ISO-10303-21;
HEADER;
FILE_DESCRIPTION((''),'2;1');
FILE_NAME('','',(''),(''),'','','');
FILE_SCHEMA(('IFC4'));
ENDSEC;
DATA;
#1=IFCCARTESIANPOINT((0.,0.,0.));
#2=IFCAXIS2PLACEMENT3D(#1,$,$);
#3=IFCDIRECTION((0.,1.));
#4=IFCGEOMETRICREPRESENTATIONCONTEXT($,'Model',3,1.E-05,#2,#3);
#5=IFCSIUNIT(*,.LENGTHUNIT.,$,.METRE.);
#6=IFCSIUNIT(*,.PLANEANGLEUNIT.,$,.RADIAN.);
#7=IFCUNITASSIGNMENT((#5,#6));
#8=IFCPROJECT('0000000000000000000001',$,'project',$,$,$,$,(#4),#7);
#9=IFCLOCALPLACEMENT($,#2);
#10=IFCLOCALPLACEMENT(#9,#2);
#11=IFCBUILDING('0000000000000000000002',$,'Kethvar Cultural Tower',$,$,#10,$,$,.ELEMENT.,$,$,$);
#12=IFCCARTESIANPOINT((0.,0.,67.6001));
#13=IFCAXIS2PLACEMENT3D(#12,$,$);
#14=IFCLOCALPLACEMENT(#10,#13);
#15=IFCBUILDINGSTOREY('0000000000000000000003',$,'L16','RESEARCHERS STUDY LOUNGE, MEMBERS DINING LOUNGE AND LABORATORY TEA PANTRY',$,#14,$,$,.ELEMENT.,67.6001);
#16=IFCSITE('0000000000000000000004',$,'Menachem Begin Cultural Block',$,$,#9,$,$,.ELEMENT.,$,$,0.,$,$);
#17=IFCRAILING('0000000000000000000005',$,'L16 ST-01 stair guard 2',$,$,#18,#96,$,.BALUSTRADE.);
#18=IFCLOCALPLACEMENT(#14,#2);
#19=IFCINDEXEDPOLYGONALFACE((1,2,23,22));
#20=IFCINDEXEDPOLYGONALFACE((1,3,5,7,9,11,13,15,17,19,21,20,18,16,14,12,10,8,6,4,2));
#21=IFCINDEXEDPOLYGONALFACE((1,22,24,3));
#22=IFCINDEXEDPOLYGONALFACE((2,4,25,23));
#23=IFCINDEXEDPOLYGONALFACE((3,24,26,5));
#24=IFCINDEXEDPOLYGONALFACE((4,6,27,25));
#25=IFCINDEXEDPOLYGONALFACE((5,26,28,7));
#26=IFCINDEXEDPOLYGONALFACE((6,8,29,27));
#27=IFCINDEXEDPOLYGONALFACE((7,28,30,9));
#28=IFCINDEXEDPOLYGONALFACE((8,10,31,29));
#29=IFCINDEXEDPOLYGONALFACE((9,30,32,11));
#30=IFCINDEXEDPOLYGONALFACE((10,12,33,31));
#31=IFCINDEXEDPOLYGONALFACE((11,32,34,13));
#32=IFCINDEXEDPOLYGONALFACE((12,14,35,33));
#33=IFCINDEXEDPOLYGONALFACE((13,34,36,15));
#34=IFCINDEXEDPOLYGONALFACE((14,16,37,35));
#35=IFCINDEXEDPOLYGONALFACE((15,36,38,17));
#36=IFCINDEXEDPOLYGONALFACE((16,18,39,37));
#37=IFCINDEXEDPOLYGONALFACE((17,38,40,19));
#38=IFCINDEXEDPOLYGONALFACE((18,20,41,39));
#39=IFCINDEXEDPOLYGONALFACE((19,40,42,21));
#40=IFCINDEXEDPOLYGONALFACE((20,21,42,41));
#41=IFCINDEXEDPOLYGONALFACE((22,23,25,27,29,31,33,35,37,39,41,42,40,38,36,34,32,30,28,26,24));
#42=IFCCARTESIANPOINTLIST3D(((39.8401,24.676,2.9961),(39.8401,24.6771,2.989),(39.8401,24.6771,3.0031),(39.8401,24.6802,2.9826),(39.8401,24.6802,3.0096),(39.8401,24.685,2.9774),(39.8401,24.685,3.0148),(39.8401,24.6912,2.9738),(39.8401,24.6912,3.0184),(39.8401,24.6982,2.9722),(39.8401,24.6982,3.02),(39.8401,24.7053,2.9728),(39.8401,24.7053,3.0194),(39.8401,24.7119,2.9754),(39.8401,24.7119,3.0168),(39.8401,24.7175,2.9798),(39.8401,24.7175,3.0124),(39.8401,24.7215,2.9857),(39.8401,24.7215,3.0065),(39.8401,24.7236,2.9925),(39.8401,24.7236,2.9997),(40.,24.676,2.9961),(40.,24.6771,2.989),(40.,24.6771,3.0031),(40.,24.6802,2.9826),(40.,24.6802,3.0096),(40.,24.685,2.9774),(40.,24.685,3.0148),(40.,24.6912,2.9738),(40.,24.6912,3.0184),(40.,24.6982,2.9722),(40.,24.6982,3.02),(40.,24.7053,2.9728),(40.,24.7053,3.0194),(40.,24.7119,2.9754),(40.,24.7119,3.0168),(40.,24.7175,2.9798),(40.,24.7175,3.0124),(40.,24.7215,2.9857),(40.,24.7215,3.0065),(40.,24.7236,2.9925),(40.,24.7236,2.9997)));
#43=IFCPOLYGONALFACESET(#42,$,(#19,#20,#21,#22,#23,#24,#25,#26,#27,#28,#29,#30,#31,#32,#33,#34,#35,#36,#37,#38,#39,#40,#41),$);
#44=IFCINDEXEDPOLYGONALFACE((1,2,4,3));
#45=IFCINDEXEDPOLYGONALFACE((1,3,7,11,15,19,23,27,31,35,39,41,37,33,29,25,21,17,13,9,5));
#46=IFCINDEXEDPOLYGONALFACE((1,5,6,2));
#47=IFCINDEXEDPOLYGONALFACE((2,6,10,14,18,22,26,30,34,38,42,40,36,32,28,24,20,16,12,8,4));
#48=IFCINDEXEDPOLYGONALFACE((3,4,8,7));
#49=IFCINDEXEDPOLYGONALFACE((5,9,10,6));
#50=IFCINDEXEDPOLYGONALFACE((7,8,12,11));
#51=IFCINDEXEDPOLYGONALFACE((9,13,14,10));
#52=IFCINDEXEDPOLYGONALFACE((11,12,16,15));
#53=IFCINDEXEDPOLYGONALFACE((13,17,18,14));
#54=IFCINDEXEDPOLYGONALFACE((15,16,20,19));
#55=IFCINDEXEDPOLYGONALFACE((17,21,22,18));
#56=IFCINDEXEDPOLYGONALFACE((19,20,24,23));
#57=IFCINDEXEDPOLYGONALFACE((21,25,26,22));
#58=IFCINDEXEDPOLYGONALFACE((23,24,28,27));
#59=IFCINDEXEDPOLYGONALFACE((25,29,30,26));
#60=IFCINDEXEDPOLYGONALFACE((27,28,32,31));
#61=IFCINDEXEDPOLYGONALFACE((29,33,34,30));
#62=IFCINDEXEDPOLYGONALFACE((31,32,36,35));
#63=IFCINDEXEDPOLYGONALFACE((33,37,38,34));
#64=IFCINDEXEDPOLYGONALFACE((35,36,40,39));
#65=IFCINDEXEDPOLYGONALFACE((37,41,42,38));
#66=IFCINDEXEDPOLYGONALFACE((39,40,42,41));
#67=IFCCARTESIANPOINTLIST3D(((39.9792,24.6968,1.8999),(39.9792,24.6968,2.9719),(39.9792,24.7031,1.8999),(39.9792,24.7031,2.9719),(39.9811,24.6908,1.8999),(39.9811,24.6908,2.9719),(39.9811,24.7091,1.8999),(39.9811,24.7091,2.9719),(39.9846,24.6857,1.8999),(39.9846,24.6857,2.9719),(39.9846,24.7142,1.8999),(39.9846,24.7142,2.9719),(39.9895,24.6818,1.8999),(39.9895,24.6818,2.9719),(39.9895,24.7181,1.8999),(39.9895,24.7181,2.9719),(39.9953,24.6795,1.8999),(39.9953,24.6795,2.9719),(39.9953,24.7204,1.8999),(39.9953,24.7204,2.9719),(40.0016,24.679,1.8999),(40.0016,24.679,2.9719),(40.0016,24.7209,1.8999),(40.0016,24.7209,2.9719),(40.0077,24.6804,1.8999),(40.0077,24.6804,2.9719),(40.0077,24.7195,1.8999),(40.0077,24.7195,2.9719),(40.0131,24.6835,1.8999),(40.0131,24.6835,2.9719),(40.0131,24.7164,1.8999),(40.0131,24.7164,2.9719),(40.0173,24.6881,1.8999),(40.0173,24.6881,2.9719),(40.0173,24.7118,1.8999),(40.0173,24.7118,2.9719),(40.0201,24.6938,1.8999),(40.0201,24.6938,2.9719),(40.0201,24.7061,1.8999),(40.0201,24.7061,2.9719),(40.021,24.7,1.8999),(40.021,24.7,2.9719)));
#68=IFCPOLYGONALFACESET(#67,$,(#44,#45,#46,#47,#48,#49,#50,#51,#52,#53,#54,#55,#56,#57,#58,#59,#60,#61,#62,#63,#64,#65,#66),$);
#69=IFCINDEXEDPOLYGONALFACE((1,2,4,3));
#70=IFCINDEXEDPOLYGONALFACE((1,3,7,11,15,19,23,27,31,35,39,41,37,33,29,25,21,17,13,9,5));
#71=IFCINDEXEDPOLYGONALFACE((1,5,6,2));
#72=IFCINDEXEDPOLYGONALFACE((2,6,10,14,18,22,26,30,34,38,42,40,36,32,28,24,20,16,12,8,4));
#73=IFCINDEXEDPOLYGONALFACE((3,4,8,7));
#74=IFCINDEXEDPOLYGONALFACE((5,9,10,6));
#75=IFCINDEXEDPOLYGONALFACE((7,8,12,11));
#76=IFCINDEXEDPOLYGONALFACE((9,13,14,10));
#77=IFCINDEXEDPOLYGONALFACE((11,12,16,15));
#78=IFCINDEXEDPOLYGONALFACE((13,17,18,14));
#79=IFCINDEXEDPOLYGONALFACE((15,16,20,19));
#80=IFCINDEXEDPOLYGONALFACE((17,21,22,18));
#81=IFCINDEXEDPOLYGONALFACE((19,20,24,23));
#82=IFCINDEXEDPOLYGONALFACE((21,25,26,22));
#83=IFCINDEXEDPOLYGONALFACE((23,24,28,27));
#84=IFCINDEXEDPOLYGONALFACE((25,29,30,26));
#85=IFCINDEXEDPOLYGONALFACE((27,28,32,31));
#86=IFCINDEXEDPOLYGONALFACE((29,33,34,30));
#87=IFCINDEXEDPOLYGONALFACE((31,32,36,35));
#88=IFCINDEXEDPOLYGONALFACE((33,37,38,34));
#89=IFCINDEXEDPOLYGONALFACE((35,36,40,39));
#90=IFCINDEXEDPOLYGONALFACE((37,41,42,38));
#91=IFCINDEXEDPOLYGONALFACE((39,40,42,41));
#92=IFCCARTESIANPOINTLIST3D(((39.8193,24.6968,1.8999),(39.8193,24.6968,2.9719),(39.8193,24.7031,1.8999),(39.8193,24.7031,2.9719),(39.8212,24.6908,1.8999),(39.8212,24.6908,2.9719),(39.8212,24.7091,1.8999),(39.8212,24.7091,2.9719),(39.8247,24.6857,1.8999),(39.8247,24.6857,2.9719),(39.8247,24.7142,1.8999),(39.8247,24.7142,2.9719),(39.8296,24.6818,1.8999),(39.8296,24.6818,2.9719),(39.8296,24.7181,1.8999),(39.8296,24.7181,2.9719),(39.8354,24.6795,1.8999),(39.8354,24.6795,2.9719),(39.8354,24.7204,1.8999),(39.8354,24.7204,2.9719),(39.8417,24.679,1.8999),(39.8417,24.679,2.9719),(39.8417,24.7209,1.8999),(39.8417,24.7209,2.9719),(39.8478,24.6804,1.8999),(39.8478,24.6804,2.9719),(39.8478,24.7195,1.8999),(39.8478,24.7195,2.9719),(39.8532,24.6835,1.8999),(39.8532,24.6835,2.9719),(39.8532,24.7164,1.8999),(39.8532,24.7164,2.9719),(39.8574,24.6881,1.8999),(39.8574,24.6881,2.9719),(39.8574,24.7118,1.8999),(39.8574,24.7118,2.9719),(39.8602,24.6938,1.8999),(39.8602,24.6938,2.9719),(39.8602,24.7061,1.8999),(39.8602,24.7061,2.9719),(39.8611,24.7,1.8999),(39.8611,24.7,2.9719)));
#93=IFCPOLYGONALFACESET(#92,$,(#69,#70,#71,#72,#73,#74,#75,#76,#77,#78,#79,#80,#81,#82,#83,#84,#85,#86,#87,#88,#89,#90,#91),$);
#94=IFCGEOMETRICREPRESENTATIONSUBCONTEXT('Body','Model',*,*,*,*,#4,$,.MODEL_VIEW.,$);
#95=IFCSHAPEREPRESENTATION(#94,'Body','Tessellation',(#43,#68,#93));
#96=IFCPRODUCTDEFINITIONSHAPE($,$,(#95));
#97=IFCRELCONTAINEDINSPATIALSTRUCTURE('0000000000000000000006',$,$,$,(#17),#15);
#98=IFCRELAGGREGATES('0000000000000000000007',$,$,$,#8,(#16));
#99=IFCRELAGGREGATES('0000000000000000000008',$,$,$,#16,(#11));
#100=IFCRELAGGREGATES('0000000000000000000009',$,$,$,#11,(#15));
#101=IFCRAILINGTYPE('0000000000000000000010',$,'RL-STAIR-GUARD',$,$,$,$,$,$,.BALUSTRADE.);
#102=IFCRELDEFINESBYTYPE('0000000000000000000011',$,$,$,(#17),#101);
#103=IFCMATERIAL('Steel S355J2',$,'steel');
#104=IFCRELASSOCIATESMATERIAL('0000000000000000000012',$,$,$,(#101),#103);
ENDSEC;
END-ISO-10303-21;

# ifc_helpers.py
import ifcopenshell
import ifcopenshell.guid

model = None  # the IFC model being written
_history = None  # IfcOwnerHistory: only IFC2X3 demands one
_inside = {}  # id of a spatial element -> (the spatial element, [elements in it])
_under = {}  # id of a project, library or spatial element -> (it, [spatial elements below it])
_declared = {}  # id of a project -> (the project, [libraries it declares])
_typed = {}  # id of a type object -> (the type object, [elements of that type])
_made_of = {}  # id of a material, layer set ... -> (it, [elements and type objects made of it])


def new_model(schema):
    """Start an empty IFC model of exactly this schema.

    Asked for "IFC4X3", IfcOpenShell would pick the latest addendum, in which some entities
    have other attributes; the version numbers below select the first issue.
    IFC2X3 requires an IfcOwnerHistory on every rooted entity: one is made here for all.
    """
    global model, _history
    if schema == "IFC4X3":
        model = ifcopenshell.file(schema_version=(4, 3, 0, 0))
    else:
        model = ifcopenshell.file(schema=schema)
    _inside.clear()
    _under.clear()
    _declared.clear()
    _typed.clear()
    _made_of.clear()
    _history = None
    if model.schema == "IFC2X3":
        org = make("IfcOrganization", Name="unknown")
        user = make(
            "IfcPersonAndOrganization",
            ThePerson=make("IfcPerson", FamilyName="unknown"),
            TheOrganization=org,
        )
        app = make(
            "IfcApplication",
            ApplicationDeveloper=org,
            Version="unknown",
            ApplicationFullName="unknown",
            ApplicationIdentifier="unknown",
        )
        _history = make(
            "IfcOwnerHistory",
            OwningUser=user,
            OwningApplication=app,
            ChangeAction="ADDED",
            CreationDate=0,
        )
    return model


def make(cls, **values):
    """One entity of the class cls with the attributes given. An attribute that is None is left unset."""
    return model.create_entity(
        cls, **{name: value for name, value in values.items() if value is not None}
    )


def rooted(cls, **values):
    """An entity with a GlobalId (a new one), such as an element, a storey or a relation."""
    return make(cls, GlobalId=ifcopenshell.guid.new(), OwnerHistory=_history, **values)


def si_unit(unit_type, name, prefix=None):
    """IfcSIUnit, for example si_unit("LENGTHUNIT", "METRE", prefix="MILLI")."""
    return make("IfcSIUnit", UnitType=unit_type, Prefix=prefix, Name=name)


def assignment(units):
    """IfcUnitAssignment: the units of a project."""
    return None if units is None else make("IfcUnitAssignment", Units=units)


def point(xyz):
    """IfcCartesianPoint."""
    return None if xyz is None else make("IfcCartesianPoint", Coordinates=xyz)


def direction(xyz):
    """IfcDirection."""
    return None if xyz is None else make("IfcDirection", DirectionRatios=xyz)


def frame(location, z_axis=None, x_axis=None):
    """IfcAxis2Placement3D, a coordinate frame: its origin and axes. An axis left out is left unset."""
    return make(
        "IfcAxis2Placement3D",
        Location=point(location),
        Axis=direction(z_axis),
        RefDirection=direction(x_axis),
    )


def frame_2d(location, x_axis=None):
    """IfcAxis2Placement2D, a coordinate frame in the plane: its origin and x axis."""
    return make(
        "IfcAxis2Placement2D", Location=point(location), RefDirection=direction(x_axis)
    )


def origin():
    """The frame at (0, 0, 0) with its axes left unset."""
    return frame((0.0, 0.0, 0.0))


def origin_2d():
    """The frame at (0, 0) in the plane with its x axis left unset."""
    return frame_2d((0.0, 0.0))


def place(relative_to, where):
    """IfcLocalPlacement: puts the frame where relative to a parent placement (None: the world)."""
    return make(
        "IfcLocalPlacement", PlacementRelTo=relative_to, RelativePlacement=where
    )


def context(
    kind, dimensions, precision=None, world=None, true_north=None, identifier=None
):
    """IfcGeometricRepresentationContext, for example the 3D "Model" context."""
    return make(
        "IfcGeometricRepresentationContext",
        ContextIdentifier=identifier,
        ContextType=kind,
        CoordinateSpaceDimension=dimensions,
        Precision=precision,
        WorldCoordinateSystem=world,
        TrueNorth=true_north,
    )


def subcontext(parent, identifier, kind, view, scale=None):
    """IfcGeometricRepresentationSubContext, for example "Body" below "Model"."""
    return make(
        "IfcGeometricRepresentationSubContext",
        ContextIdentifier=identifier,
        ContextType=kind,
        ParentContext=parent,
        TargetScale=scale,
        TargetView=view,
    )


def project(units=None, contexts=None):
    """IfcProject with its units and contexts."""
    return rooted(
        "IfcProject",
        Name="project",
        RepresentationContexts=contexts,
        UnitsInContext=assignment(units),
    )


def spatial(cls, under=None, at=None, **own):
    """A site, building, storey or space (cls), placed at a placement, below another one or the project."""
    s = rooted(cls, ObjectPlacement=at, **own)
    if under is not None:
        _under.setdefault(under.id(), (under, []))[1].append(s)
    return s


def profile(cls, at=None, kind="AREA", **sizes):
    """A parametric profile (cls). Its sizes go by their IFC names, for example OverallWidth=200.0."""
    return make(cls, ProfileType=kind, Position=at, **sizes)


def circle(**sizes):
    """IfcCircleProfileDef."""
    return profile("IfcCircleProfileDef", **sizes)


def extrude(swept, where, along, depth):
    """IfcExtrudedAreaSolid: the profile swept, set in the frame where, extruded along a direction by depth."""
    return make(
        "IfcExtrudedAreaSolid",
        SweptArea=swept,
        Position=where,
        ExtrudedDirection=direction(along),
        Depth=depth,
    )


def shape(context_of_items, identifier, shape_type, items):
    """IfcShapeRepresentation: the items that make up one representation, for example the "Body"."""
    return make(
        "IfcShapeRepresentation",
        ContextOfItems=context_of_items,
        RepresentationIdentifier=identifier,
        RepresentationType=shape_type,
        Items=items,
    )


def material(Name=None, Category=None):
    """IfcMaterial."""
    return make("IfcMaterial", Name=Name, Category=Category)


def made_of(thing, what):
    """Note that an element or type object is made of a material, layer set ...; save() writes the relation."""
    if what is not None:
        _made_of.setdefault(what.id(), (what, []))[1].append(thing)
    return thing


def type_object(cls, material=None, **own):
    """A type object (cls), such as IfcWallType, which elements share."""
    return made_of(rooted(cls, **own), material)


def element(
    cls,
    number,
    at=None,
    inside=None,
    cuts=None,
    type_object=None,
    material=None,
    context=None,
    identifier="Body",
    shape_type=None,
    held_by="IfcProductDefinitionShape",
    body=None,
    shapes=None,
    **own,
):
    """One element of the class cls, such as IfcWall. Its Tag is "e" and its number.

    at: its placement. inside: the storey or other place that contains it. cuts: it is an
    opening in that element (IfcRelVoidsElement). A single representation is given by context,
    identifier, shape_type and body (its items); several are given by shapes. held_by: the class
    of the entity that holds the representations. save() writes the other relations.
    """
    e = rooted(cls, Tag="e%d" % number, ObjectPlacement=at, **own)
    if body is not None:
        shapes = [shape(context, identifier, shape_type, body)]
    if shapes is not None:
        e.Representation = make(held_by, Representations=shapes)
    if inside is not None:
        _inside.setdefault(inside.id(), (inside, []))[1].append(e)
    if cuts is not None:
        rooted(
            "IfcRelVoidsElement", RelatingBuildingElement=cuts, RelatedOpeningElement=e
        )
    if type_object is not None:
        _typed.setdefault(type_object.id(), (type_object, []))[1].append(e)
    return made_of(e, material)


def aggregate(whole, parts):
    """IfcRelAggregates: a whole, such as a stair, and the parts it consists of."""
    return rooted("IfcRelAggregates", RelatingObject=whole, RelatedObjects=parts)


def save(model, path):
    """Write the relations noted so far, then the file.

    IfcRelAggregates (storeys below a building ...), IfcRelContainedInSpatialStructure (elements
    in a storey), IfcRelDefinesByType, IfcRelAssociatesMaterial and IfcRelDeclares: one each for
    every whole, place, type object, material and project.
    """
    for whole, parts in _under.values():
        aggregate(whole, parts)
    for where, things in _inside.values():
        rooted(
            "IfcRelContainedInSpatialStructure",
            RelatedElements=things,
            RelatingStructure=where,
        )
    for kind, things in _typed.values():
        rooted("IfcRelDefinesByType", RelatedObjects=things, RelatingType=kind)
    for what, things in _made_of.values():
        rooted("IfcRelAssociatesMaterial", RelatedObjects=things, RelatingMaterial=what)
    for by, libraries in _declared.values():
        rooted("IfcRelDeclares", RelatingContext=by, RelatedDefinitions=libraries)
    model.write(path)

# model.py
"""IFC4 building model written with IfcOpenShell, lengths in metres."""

from ifc_helpers import new_model, si_unit, direction, frame, origin, origin_2d, place, context, subcontext, project, spatial, circle, extrude, material, type_object, element, save


model = new_model("IFC4")

# Units and contexts
model_context = context("Model", 3, precision=1e-05, world=origin(), true_north=direction((0.0, 1.0)))
body_context = subcontext(model_context, "Body", "Model", "MODEL_VIEW")
ifc_project = project(units=[si_unit("LENGTHUNIT", "METRE"), si_unit("PLANEANGLEUNIT", "RADIAN")], contexts=[model_context])

# Site, building, storey
site_placement = place(None, origin())
site = spatial("IfcSite", under=ifc_project, at=site_placement, Name="Menachem Begin Cultural Block", CompositionType="ELEMENT", RefElevation=0.0)
building_placement = place(site_placement, origin())
building = spatial("IfcBuilding", under=site, at=building_placement, Name="Kethvar Cultural Tower", CompositionType="ELEMENT")
storey_placement = place(building_placement, frame((0.0, 0.0, 67.6001)))
storey = spatial("IfcBuildingStorey", under=building, at=storey_placement, Name="L16", Description="RESEARCHERS STUDY LOUNGE, MEMBERS DINING LOUNGE AND LABORATORY TEA PANTRY", CompositionType="ELEMENT", Elevation=67.6001)

# Shared definitions
ifc_material_1 = material(Name="Steel S355J2", Category="steel")

# Railing
railing_type_1 = type_object("IfcRailingType", Name="RL-STAIR-GUARD", PredefinedType="BALUSTRADE", material=ifc_material_1)
railing_1_placement = place(storey_placement, frame((40.0, 24.7, 1.8999)))
element("IfcRailing", 1, at=railing_1_placement, inside=storey, type_object=railing_type_1, Name="L16 ST-01 stair guard 2", PredefinedType="BALUSTRADE", context=body_context, shape_type="SweptSolid", body=[
    extrude(circle(Radius=0.0239, at=origin_2d()), frame((0.0, 0.0, 1.0962), z_axis=(-1.0, 0.0, 0.0), x_axis=(0.0, -1.0, 0.0)), (0.0, 0.0, 1.0), 0.1599),
    extrude(circle(Radius=0.021, at=origin_2d()), origin(), (0.0, 0.0, 1.0), 1.072),
    extrude(circle(Radius=0.021, at=origin_2d()), frame((-0.1599, 0.0, 0.0)), (0.0, 0.0, 1.0), 1.072),
])

save(model, "model.ifc")
